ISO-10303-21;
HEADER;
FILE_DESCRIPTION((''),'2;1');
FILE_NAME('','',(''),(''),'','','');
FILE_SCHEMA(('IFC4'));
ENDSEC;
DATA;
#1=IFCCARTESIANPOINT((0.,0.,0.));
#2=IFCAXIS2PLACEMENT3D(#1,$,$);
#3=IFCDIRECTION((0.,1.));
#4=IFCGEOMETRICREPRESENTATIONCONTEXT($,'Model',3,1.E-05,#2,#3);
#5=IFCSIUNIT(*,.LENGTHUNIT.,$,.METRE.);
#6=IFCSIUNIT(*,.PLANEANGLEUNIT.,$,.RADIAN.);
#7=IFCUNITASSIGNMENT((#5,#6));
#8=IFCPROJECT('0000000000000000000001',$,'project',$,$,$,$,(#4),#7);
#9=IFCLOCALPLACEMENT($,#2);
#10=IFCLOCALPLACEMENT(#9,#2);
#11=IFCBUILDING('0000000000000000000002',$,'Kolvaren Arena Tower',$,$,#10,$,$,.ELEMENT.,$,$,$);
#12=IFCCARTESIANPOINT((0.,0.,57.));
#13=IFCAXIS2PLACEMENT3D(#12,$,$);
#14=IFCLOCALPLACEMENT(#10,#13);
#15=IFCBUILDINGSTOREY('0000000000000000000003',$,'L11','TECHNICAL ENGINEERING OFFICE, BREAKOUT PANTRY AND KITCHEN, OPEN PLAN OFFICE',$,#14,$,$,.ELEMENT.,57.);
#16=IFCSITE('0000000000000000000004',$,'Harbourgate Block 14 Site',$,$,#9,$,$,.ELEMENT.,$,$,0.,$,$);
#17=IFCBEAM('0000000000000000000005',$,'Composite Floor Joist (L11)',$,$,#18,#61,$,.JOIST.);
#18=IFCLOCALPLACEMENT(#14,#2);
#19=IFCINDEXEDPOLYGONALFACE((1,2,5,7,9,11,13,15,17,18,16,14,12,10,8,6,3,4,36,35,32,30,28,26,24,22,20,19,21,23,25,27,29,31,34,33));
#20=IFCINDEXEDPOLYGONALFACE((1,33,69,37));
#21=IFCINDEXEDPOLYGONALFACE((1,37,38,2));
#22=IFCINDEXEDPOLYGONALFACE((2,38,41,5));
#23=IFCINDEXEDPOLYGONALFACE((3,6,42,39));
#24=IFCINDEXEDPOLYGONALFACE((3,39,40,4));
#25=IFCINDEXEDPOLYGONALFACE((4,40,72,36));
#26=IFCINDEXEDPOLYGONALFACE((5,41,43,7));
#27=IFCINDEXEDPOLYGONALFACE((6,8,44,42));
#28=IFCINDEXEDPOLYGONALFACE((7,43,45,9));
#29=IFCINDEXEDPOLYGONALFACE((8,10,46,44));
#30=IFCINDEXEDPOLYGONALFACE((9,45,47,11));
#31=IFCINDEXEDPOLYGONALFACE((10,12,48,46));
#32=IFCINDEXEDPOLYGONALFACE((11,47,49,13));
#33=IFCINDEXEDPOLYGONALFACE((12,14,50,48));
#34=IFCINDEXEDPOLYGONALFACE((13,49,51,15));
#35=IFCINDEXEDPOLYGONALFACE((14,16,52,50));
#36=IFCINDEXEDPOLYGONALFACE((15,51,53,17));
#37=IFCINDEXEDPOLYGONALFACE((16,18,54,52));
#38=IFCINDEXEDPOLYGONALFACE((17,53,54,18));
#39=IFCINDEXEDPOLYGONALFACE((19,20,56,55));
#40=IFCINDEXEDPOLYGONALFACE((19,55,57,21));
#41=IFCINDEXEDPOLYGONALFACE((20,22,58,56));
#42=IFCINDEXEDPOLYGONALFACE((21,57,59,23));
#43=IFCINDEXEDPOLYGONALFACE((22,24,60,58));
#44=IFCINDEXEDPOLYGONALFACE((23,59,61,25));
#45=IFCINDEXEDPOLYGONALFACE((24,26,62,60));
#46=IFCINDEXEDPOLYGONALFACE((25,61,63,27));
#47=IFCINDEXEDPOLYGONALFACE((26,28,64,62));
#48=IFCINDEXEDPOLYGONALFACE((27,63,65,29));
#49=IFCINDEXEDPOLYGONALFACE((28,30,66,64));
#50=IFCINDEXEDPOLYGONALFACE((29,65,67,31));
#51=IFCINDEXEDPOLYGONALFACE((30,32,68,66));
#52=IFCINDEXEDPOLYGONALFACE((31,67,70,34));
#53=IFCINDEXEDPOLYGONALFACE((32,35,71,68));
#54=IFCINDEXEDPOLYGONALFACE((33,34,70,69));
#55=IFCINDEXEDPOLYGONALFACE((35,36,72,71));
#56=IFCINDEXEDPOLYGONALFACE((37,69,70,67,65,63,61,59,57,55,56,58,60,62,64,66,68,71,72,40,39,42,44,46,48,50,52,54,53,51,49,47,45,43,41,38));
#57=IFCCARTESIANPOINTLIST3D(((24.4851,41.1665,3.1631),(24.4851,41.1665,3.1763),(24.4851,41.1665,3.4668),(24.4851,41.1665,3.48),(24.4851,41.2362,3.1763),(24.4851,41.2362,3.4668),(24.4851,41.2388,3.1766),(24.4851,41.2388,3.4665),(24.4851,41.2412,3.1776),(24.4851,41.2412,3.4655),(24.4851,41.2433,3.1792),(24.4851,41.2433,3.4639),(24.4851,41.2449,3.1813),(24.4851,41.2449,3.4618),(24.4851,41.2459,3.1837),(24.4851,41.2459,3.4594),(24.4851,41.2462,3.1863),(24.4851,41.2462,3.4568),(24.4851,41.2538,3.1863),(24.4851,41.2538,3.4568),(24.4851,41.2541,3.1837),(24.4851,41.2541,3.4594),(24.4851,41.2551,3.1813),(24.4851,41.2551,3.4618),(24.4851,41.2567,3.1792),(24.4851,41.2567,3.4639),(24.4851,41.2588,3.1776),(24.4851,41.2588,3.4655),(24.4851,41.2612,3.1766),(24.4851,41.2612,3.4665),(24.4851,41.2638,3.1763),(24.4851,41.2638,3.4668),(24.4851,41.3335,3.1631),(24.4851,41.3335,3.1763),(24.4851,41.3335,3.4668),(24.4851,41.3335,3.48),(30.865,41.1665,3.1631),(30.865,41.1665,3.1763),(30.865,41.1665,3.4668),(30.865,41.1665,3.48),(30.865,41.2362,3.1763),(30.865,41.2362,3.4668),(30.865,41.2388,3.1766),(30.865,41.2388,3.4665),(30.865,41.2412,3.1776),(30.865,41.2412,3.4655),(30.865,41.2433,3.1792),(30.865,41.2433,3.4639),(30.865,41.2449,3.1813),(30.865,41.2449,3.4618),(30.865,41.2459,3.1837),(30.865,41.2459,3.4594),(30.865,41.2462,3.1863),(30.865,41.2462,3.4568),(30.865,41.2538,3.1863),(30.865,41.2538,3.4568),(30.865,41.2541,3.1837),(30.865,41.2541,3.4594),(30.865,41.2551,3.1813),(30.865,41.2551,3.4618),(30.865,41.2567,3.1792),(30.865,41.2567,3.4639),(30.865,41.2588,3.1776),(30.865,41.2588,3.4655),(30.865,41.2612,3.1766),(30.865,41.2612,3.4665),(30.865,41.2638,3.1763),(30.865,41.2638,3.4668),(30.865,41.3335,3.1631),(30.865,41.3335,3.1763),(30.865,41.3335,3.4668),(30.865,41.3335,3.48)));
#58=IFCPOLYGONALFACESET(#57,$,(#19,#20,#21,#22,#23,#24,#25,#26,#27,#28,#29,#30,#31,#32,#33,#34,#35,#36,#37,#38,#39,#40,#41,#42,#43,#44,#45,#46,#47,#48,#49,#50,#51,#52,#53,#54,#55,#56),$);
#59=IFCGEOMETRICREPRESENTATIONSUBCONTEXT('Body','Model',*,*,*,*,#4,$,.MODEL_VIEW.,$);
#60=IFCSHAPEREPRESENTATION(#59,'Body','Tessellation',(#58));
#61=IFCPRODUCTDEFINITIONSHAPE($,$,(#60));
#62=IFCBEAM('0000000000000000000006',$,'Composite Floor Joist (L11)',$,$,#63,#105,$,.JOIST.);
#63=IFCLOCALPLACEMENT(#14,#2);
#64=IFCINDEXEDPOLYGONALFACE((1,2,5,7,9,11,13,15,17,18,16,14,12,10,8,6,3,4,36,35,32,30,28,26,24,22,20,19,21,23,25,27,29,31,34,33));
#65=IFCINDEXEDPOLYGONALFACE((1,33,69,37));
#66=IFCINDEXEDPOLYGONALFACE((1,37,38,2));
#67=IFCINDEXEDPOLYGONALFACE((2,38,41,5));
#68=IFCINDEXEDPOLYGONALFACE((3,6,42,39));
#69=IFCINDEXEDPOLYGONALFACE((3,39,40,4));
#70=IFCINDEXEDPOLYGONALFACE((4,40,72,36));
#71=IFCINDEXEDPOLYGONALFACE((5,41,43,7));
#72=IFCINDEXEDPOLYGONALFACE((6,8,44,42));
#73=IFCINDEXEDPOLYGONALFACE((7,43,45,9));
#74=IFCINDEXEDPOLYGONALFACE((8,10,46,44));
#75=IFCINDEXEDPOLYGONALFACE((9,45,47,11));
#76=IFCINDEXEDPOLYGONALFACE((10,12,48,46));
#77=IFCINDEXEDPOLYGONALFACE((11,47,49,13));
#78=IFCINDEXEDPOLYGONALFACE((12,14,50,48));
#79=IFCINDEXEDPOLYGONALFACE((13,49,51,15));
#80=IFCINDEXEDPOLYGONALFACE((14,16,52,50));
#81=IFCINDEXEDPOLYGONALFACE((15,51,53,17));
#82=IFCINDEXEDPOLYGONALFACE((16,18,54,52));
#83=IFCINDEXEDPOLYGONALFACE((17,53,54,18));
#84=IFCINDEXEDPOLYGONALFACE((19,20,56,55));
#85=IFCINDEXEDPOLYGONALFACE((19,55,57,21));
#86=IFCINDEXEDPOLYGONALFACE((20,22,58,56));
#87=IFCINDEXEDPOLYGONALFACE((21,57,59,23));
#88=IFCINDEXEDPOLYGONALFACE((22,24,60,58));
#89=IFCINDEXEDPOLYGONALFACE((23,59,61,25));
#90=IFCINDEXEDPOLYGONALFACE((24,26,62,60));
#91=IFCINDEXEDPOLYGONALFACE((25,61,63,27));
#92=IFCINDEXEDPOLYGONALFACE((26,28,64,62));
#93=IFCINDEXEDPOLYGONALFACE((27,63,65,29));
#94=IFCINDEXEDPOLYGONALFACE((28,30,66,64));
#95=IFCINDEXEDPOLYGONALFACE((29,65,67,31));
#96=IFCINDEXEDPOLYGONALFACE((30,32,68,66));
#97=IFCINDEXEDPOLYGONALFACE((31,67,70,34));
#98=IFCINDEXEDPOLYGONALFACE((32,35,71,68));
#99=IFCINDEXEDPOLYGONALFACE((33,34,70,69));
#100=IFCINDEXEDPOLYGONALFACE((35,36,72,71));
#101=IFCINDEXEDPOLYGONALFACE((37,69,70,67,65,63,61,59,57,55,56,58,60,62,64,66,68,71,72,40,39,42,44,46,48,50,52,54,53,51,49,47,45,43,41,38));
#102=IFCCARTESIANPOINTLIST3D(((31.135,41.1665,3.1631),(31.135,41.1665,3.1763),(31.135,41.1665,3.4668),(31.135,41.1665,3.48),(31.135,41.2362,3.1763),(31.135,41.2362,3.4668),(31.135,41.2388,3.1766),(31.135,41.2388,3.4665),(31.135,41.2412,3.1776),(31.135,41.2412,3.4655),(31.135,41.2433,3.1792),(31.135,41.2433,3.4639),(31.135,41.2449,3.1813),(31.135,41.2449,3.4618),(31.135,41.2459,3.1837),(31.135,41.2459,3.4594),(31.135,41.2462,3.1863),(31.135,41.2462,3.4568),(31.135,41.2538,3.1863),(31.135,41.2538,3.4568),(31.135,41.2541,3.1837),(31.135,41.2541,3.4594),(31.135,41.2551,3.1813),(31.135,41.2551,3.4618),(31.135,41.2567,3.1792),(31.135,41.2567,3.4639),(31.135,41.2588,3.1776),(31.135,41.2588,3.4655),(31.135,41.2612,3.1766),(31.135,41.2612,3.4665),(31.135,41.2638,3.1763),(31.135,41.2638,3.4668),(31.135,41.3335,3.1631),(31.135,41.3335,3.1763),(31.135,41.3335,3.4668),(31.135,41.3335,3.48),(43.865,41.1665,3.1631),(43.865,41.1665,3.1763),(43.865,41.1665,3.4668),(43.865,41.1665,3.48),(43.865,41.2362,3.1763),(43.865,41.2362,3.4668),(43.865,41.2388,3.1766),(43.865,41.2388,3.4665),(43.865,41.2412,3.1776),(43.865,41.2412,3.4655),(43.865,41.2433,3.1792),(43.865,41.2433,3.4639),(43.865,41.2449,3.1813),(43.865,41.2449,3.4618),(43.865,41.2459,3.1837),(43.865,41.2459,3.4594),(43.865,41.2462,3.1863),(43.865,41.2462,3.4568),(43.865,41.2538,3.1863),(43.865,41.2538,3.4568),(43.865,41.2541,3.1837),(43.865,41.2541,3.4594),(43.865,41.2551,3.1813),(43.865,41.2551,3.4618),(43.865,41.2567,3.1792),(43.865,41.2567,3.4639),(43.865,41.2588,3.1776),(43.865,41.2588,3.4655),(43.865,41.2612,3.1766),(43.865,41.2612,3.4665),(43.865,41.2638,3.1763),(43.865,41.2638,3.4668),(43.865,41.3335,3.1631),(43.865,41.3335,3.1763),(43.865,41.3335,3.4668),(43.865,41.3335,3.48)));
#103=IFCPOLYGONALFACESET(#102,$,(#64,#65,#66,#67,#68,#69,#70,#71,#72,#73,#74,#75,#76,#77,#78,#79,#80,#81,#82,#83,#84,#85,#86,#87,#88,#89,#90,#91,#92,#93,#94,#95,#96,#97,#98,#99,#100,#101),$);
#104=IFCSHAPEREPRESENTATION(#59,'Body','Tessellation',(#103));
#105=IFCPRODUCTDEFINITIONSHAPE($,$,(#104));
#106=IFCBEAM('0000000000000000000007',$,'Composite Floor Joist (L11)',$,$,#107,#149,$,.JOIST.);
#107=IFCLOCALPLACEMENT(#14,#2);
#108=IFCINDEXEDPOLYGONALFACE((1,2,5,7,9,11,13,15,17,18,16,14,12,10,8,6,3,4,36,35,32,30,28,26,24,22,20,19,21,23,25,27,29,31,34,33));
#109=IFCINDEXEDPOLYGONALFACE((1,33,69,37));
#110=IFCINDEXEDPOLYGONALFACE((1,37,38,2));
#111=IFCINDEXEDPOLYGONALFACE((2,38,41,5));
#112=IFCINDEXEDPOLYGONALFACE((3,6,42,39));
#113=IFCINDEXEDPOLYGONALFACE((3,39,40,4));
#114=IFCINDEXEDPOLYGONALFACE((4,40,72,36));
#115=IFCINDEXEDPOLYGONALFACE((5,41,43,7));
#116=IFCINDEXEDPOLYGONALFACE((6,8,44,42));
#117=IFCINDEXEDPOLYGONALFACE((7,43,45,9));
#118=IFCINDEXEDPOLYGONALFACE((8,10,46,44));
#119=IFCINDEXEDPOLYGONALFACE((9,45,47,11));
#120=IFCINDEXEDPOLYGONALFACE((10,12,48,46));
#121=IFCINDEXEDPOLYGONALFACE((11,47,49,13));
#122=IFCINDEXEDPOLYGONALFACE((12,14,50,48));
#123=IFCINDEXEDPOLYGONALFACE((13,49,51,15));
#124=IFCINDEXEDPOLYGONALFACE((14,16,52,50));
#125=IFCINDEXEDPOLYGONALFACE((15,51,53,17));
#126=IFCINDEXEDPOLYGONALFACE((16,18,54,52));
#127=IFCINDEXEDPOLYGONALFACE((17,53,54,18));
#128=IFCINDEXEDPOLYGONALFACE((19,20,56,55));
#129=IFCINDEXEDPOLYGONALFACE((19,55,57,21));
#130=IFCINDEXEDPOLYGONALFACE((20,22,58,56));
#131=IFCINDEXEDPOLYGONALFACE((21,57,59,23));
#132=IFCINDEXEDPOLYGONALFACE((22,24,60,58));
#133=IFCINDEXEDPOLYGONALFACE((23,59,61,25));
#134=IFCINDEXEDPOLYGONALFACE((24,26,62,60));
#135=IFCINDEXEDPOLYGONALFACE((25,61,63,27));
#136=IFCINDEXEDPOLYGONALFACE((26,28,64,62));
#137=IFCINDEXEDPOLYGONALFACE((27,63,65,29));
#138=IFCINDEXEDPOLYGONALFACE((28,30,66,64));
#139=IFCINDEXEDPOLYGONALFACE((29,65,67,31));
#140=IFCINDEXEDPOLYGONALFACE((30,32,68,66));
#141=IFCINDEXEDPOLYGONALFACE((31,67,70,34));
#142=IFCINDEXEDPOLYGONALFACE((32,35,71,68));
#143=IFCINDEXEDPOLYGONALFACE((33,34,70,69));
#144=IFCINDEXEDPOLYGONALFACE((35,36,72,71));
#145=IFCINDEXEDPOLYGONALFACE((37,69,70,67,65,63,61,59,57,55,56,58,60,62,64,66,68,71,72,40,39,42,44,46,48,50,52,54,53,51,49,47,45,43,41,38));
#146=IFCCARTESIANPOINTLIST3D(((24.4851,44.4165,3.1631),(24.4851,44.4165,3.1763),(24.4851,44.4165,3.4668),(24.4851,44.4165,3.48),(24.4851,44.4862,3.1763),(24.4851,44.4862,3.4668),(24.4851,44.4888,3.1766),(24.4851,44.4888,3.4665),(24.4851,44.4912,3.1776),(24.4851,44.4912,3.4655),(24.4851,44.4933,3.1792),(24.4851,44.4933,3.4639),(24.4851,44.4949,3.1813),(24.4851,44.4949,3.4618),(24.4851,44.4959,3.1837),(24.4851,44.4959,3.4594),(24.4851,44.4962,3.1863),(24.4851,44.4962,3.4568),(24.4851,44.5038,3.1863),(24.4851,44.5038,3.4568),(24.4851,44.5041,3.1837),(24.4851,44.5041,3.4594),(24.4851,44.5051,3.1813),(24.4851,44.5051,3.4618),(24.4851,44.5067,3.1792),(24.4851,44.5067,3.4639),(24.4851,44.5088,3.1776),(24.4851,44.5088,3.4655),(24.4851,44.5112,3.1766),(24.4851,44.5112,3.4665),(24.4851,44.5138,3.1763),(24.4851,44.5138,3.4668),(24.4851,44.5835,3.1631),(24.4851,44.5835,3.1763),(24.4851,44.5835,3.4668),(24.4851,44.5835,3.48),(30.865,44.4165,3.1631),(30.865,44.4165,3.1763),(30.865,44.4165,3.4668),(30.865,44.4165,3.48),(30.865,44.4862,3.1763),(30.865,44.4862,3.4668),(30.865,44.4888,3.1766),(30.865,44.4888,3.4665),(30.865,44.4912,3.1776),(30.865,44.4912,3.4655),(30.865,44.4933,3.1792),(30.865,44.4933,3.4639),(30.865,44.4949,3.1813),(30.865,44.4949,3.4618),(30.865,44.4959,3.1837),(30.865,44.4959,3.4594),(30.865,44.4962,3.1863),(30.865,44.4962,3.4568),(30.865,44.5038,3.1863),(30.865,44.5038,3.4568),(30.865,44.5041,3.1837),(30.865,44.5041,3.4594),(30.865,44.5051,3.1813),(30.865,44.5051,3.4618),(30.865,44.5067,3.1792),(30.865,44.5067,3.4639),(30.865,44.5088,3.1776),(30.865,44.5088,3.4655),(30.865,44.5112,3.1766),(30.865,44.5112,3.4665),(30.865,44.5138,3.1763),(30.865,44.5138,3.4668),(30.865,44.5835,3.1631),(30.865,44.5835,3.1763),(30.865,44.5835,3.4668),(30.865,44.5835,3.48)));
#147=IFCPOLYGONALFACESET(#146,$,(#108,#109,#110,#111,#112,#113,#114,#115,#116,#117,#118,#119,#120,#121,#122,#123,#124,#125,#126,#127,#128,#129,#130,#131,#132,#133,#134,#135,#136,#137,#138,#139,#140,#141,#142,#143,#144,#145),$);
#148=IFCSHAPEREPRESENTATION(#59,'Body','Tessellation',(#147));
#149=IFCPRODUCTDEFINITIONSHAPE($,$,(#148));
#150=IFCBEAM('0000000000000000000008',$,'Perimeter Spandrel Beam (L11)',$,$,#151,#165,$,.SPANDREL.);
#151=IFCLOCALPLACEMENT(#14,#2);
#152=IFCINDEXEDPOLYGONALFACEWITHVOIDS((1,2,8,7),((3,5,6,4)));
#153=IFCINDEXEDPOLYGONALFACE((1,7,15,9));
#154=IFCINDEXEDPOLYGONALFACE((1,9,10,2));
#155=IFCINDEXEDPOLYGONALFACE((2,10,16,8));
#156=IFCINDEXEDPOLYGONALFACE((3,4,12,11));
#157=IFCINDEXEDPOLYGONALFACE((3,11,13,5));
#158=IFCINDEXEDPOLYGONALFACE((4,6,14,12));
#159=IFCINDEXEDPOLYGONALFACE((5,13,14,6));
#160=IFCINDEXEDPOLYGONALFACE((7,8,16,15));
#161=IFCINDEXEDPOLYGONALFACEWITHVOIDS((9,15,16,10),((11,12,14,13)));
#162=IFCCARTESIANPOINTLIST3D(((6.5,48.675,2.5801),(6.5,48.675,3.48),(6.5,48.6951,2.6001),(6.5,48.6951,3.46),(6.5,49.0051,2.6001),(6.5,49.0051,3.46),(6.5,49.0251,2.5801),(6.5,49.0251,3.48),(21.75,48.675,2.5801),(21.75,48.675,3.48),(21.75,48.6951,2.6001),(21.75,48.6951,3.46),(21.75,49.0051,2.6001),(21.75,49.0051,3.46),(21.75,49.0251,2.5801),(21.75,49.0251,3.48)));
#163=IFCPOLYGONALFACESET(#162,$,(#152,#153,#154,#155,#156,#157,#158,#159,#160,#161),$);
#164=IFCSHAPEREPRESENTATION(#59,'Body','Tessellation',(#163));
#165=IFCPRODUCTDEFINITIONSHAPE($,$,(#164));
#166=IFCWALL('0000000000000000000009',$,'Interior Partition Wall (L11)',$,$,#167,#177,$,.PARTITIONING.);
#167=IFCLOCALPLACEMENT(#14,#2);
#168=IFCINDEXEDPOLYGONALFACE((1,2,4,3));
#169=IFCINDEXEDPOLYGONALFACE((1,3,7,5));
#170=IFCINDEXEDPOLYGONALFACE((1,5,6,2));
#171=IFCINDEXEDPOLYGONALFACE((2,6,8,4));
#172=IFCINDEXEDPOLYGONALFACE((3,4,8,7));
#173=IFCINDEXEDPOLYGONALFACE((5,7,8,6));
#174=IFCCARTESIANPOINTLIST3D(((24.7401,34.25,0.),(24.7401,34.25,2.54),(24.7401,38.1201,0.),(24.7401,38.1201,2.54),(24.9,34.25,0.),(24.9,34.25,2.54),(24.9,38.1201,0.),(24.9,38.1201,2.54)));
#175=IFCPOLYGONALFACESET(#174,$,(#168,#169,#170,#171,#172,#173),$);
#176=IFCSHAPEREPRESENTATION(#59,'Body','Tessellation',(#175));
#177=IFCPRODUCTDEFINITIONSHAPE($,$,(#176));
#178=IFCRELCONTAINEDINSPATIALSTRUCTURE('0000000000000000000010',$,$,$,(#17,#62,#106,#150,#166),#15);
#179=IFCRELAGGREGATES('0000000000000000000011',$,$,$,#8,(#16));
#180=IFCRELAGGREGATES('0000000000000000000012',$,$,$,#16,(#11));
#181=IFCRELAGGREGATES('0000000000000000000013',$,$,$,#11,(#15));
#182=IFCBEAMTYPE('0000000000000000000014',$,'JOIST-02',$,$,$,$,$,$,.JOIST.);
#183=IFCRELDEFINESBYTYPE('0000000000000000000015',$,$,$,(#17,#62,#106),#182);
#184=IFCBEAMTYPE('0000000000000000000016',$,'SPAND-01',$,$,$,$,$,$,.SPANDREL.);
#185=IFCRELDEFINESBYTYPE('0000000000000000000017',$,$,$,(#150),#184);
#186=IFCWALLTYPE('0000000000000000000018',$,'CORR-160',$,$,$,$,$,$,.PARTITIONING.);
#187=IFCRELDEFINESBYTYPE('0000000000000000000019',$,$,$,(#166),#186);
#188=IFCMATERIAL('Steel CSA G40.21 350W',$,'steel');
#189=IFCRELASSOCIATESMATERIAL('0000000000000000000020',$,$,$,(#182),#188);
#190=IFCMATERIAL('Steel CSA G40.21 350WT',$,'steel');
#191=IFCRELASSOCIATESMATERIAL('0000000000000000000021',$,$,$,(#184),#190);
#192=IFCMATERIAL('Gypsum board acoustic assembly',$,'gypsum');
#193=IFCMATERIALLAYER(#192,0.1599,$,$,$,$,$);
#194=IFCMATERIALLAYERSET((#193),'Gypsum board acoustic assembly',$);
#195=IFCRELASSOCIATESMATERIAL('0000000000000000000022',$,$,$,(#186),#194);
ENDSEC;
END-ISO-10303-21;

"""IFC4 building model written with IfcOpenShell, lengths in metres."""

from ifc_helpers import new_model, si_unit, direction, frame, frame_2d, origin, origin_2d, place, context, subcontext, project, spatial, rectangle, hollow_rectangle, i_section, extrude, material, layer, layer_set, material_profile, profile_set, type_object, element, save


model = new_model("IFC4")

# Units and contexts
model_context = context("Model", 3, precision=1e-05, world=origin(), true_north=direction((0.0, 1.0)))
body_context = subcontext(model_context, "Body", "Model", "MODEL_VIEW")
ifc_project = project(units=[si_unit("LENGTHUNIT", "METRE"), si_unit("PLANEANGLEUNIT", "RADIAN")], contexts=[model_context])

# Site, building, storey
site_placement = place(None, origin())
site = spatial("IfcSite", under=ifc_project, at=site_placement, Name="Harbourgate Block 14 Site", CompositionType="ELEMENT", RefElevation=0.0)
building_placement = place(site_placement, origin())
building = spatial("IfcBuilding", under=site, at=building_placement, Name="Kolvaren Arena Tower", CompositionType="ELEMENT")
storey_placement = place(building_placement, frame((0.0, 0.0, 57.0)))
storey = spatial("IfcBuildingStorey", under=building, at=storey_placement, Name="L11", Description="TECHNICAL ENGINEERING OFFICE, BREAKOUT PANTRY AND KITCHEN, OPEN PLAN OFFICE", CompositionType="ELEMENT", Elevation=57.0)

# Beams
ifc_material_1 = material(Name="Steel CSA G40.21 350W", Category="steel")
ifc_material_profile_1 = material_profile(ifc_material_1, i_section(OverallWidth=0.167, OverallDepth=0.3169, WebThickness=0.0076, FlangeThickness=0.0132, FilletRadius=0.01, at=origin_2d()), Name="W310x52")
ifc_profile_set_1 = profile_set([ifc_material_profile_1], Name="Steel CSA G40.21 350W")
beam_type_1 = type_object("IfcBeamType", Name="JOIST-02", PredefinedType="JOIST", material=ifc_profile_set_1)
beam_1_placement = place(storey_placement, frame((24.4851, 41.25, 3.3215), z_axis=(1.0, 0.0, 0.0), x_axis=(0.0, 1.0, 0.0)))
element("IfcBeam", 1, at=beam_1_placement, inside=storey, type_object=beam_type_1, Name="Composite Floor Joist (L11)", PredefinedType="JOIST", context=body_context, shape_type="SweptSolid", body=[
    extrude(i_section(OverallWidth=0.167, OverallDepth=0.3169, WebThickness=0.0076, FlangeThickness=0.0132, FilletRadius=0.01, at=origin_2d()), origin(), (0.0, 0.0, 1.0), 6.3799),
])
beam_2_placement = place(storey_placement, frame((31.135, 41.25, 3.3215), z_axis=(1.0, 0.0, 0.0), x_axis=(0.0, 1.0, 0.0)))
element("IfcBeam", 2, at=beam_2_placement, inside=storey, type_object=beam_type_1, Name="Composite Floor Joist (L11)", PredefinedType="JOIST", context=body_context, shape_type="SweptSolid", body=[
    extrude(i_section(OverallWidth=0.167, OverallDepth=0.3169, WebThickness=0.0076, FlangeThickness=0.0132, FilletRadius=0.01, at=origin_2d()), origin(), (0.0, 0.0, 1.0), 12.73),
])
beam_3_placement = place(storey_placement, frame((24.4851, 44.5, 3.3215), z_axis=(1.0, 0.0, 0.0), x_axis=(0.0, 1.0, 0.0)))
element("IfcBeam", 3, at=beam_3_placement, inside=storey, type_object=beam_type_1, Name="Composite Floor Joist (L11)", PredefinedType="JOIST", context=body_context, shape_type="SweptSolid", body=[
    extrude(i_section(OverallWidth=0.167, OverallDepth=0.3169, WebThickness=0.0076, FlangeThickness=0.0132, FilletRadius=0.01, at=origin_2d()), origin(), (0.0, 0.0, 1.0), 6.3799),
])
ifc_material_2 = material(Name="Steel CSA G40.21 350WT", Category="steel")
ifc_material_profile_2 = material_profile(ifc_material_2, hollow_rectangle(XDim=0.3501, YDim=0.8999, WallThickness=0.02, at=origin_2d()), Name="HSS 900x350x20")
ifc_profile_set_2 = profile_set([ifc_material_profile_2], Name="Steel CSA G40.21 350WT")
beam_type_2 = type_object("IfcBeamType", Name="SPAND-01", PredefinedType="SPANDREL", material=ifc_profile_set_2)
beam_4_placement = place(storey_placement, frame((21.75, 48.8501, 3.03), z_axis=(-1.0, 0.0, 0.0), x_axis=(0.0, -1.0, 0.0)))
element("IfcBeam", 4, at=beam_4_placement, inside=storey, type_object=beam_type_2, Name="Perimeter Spandrel Beam (L11)", PredefinedType="SPANDREL", context=body_context, shape_type="SweptSolid", body=[
    extrude(hollow_rectangle(XDim=0.3501, YDim=0.8999, WallThickness=0.02, at=origin_2d()), origin(), (0.0, 0.0, 1.0), 15.25),
])

# Wall
ifc_material_3 = material(Name="Gypsum board acoustic assembly", Category="gypsum")
ifc_layer = layer(ifc_material_3, 0.1599)
ifc_layer_set = layer_set([ifc_layer], Name="Gypsum board acoustic assembly")
wall_type = type_object("IfcWallType", Name="CORR-160", PredefinedType="PARTITIONING", material=ifc_layer_set)
wall_1_placement = place(storey_placement, frame((24.8201, 34.25, 0.0), z_axis=(0.0, 0.0, 1.0), x_axis=(0.0, 1.0, 0.0)))
element("IfcWall", 5, at=wall_1_placement, inside=storey, type_object=wall_type, Name="Interior Partition Wall (L11)", PredefinedType="PARTITIONING", context=body_context, shape_type="SweptSolid", body=[
    extrude(rectangle(XDim=3.8701, YDim=0.1599, at=frame_2d((1.9351, 0.0))), origin(), (0.0, 0.0, 1.0), 2.54),
])

save(model, "model.ifc")
